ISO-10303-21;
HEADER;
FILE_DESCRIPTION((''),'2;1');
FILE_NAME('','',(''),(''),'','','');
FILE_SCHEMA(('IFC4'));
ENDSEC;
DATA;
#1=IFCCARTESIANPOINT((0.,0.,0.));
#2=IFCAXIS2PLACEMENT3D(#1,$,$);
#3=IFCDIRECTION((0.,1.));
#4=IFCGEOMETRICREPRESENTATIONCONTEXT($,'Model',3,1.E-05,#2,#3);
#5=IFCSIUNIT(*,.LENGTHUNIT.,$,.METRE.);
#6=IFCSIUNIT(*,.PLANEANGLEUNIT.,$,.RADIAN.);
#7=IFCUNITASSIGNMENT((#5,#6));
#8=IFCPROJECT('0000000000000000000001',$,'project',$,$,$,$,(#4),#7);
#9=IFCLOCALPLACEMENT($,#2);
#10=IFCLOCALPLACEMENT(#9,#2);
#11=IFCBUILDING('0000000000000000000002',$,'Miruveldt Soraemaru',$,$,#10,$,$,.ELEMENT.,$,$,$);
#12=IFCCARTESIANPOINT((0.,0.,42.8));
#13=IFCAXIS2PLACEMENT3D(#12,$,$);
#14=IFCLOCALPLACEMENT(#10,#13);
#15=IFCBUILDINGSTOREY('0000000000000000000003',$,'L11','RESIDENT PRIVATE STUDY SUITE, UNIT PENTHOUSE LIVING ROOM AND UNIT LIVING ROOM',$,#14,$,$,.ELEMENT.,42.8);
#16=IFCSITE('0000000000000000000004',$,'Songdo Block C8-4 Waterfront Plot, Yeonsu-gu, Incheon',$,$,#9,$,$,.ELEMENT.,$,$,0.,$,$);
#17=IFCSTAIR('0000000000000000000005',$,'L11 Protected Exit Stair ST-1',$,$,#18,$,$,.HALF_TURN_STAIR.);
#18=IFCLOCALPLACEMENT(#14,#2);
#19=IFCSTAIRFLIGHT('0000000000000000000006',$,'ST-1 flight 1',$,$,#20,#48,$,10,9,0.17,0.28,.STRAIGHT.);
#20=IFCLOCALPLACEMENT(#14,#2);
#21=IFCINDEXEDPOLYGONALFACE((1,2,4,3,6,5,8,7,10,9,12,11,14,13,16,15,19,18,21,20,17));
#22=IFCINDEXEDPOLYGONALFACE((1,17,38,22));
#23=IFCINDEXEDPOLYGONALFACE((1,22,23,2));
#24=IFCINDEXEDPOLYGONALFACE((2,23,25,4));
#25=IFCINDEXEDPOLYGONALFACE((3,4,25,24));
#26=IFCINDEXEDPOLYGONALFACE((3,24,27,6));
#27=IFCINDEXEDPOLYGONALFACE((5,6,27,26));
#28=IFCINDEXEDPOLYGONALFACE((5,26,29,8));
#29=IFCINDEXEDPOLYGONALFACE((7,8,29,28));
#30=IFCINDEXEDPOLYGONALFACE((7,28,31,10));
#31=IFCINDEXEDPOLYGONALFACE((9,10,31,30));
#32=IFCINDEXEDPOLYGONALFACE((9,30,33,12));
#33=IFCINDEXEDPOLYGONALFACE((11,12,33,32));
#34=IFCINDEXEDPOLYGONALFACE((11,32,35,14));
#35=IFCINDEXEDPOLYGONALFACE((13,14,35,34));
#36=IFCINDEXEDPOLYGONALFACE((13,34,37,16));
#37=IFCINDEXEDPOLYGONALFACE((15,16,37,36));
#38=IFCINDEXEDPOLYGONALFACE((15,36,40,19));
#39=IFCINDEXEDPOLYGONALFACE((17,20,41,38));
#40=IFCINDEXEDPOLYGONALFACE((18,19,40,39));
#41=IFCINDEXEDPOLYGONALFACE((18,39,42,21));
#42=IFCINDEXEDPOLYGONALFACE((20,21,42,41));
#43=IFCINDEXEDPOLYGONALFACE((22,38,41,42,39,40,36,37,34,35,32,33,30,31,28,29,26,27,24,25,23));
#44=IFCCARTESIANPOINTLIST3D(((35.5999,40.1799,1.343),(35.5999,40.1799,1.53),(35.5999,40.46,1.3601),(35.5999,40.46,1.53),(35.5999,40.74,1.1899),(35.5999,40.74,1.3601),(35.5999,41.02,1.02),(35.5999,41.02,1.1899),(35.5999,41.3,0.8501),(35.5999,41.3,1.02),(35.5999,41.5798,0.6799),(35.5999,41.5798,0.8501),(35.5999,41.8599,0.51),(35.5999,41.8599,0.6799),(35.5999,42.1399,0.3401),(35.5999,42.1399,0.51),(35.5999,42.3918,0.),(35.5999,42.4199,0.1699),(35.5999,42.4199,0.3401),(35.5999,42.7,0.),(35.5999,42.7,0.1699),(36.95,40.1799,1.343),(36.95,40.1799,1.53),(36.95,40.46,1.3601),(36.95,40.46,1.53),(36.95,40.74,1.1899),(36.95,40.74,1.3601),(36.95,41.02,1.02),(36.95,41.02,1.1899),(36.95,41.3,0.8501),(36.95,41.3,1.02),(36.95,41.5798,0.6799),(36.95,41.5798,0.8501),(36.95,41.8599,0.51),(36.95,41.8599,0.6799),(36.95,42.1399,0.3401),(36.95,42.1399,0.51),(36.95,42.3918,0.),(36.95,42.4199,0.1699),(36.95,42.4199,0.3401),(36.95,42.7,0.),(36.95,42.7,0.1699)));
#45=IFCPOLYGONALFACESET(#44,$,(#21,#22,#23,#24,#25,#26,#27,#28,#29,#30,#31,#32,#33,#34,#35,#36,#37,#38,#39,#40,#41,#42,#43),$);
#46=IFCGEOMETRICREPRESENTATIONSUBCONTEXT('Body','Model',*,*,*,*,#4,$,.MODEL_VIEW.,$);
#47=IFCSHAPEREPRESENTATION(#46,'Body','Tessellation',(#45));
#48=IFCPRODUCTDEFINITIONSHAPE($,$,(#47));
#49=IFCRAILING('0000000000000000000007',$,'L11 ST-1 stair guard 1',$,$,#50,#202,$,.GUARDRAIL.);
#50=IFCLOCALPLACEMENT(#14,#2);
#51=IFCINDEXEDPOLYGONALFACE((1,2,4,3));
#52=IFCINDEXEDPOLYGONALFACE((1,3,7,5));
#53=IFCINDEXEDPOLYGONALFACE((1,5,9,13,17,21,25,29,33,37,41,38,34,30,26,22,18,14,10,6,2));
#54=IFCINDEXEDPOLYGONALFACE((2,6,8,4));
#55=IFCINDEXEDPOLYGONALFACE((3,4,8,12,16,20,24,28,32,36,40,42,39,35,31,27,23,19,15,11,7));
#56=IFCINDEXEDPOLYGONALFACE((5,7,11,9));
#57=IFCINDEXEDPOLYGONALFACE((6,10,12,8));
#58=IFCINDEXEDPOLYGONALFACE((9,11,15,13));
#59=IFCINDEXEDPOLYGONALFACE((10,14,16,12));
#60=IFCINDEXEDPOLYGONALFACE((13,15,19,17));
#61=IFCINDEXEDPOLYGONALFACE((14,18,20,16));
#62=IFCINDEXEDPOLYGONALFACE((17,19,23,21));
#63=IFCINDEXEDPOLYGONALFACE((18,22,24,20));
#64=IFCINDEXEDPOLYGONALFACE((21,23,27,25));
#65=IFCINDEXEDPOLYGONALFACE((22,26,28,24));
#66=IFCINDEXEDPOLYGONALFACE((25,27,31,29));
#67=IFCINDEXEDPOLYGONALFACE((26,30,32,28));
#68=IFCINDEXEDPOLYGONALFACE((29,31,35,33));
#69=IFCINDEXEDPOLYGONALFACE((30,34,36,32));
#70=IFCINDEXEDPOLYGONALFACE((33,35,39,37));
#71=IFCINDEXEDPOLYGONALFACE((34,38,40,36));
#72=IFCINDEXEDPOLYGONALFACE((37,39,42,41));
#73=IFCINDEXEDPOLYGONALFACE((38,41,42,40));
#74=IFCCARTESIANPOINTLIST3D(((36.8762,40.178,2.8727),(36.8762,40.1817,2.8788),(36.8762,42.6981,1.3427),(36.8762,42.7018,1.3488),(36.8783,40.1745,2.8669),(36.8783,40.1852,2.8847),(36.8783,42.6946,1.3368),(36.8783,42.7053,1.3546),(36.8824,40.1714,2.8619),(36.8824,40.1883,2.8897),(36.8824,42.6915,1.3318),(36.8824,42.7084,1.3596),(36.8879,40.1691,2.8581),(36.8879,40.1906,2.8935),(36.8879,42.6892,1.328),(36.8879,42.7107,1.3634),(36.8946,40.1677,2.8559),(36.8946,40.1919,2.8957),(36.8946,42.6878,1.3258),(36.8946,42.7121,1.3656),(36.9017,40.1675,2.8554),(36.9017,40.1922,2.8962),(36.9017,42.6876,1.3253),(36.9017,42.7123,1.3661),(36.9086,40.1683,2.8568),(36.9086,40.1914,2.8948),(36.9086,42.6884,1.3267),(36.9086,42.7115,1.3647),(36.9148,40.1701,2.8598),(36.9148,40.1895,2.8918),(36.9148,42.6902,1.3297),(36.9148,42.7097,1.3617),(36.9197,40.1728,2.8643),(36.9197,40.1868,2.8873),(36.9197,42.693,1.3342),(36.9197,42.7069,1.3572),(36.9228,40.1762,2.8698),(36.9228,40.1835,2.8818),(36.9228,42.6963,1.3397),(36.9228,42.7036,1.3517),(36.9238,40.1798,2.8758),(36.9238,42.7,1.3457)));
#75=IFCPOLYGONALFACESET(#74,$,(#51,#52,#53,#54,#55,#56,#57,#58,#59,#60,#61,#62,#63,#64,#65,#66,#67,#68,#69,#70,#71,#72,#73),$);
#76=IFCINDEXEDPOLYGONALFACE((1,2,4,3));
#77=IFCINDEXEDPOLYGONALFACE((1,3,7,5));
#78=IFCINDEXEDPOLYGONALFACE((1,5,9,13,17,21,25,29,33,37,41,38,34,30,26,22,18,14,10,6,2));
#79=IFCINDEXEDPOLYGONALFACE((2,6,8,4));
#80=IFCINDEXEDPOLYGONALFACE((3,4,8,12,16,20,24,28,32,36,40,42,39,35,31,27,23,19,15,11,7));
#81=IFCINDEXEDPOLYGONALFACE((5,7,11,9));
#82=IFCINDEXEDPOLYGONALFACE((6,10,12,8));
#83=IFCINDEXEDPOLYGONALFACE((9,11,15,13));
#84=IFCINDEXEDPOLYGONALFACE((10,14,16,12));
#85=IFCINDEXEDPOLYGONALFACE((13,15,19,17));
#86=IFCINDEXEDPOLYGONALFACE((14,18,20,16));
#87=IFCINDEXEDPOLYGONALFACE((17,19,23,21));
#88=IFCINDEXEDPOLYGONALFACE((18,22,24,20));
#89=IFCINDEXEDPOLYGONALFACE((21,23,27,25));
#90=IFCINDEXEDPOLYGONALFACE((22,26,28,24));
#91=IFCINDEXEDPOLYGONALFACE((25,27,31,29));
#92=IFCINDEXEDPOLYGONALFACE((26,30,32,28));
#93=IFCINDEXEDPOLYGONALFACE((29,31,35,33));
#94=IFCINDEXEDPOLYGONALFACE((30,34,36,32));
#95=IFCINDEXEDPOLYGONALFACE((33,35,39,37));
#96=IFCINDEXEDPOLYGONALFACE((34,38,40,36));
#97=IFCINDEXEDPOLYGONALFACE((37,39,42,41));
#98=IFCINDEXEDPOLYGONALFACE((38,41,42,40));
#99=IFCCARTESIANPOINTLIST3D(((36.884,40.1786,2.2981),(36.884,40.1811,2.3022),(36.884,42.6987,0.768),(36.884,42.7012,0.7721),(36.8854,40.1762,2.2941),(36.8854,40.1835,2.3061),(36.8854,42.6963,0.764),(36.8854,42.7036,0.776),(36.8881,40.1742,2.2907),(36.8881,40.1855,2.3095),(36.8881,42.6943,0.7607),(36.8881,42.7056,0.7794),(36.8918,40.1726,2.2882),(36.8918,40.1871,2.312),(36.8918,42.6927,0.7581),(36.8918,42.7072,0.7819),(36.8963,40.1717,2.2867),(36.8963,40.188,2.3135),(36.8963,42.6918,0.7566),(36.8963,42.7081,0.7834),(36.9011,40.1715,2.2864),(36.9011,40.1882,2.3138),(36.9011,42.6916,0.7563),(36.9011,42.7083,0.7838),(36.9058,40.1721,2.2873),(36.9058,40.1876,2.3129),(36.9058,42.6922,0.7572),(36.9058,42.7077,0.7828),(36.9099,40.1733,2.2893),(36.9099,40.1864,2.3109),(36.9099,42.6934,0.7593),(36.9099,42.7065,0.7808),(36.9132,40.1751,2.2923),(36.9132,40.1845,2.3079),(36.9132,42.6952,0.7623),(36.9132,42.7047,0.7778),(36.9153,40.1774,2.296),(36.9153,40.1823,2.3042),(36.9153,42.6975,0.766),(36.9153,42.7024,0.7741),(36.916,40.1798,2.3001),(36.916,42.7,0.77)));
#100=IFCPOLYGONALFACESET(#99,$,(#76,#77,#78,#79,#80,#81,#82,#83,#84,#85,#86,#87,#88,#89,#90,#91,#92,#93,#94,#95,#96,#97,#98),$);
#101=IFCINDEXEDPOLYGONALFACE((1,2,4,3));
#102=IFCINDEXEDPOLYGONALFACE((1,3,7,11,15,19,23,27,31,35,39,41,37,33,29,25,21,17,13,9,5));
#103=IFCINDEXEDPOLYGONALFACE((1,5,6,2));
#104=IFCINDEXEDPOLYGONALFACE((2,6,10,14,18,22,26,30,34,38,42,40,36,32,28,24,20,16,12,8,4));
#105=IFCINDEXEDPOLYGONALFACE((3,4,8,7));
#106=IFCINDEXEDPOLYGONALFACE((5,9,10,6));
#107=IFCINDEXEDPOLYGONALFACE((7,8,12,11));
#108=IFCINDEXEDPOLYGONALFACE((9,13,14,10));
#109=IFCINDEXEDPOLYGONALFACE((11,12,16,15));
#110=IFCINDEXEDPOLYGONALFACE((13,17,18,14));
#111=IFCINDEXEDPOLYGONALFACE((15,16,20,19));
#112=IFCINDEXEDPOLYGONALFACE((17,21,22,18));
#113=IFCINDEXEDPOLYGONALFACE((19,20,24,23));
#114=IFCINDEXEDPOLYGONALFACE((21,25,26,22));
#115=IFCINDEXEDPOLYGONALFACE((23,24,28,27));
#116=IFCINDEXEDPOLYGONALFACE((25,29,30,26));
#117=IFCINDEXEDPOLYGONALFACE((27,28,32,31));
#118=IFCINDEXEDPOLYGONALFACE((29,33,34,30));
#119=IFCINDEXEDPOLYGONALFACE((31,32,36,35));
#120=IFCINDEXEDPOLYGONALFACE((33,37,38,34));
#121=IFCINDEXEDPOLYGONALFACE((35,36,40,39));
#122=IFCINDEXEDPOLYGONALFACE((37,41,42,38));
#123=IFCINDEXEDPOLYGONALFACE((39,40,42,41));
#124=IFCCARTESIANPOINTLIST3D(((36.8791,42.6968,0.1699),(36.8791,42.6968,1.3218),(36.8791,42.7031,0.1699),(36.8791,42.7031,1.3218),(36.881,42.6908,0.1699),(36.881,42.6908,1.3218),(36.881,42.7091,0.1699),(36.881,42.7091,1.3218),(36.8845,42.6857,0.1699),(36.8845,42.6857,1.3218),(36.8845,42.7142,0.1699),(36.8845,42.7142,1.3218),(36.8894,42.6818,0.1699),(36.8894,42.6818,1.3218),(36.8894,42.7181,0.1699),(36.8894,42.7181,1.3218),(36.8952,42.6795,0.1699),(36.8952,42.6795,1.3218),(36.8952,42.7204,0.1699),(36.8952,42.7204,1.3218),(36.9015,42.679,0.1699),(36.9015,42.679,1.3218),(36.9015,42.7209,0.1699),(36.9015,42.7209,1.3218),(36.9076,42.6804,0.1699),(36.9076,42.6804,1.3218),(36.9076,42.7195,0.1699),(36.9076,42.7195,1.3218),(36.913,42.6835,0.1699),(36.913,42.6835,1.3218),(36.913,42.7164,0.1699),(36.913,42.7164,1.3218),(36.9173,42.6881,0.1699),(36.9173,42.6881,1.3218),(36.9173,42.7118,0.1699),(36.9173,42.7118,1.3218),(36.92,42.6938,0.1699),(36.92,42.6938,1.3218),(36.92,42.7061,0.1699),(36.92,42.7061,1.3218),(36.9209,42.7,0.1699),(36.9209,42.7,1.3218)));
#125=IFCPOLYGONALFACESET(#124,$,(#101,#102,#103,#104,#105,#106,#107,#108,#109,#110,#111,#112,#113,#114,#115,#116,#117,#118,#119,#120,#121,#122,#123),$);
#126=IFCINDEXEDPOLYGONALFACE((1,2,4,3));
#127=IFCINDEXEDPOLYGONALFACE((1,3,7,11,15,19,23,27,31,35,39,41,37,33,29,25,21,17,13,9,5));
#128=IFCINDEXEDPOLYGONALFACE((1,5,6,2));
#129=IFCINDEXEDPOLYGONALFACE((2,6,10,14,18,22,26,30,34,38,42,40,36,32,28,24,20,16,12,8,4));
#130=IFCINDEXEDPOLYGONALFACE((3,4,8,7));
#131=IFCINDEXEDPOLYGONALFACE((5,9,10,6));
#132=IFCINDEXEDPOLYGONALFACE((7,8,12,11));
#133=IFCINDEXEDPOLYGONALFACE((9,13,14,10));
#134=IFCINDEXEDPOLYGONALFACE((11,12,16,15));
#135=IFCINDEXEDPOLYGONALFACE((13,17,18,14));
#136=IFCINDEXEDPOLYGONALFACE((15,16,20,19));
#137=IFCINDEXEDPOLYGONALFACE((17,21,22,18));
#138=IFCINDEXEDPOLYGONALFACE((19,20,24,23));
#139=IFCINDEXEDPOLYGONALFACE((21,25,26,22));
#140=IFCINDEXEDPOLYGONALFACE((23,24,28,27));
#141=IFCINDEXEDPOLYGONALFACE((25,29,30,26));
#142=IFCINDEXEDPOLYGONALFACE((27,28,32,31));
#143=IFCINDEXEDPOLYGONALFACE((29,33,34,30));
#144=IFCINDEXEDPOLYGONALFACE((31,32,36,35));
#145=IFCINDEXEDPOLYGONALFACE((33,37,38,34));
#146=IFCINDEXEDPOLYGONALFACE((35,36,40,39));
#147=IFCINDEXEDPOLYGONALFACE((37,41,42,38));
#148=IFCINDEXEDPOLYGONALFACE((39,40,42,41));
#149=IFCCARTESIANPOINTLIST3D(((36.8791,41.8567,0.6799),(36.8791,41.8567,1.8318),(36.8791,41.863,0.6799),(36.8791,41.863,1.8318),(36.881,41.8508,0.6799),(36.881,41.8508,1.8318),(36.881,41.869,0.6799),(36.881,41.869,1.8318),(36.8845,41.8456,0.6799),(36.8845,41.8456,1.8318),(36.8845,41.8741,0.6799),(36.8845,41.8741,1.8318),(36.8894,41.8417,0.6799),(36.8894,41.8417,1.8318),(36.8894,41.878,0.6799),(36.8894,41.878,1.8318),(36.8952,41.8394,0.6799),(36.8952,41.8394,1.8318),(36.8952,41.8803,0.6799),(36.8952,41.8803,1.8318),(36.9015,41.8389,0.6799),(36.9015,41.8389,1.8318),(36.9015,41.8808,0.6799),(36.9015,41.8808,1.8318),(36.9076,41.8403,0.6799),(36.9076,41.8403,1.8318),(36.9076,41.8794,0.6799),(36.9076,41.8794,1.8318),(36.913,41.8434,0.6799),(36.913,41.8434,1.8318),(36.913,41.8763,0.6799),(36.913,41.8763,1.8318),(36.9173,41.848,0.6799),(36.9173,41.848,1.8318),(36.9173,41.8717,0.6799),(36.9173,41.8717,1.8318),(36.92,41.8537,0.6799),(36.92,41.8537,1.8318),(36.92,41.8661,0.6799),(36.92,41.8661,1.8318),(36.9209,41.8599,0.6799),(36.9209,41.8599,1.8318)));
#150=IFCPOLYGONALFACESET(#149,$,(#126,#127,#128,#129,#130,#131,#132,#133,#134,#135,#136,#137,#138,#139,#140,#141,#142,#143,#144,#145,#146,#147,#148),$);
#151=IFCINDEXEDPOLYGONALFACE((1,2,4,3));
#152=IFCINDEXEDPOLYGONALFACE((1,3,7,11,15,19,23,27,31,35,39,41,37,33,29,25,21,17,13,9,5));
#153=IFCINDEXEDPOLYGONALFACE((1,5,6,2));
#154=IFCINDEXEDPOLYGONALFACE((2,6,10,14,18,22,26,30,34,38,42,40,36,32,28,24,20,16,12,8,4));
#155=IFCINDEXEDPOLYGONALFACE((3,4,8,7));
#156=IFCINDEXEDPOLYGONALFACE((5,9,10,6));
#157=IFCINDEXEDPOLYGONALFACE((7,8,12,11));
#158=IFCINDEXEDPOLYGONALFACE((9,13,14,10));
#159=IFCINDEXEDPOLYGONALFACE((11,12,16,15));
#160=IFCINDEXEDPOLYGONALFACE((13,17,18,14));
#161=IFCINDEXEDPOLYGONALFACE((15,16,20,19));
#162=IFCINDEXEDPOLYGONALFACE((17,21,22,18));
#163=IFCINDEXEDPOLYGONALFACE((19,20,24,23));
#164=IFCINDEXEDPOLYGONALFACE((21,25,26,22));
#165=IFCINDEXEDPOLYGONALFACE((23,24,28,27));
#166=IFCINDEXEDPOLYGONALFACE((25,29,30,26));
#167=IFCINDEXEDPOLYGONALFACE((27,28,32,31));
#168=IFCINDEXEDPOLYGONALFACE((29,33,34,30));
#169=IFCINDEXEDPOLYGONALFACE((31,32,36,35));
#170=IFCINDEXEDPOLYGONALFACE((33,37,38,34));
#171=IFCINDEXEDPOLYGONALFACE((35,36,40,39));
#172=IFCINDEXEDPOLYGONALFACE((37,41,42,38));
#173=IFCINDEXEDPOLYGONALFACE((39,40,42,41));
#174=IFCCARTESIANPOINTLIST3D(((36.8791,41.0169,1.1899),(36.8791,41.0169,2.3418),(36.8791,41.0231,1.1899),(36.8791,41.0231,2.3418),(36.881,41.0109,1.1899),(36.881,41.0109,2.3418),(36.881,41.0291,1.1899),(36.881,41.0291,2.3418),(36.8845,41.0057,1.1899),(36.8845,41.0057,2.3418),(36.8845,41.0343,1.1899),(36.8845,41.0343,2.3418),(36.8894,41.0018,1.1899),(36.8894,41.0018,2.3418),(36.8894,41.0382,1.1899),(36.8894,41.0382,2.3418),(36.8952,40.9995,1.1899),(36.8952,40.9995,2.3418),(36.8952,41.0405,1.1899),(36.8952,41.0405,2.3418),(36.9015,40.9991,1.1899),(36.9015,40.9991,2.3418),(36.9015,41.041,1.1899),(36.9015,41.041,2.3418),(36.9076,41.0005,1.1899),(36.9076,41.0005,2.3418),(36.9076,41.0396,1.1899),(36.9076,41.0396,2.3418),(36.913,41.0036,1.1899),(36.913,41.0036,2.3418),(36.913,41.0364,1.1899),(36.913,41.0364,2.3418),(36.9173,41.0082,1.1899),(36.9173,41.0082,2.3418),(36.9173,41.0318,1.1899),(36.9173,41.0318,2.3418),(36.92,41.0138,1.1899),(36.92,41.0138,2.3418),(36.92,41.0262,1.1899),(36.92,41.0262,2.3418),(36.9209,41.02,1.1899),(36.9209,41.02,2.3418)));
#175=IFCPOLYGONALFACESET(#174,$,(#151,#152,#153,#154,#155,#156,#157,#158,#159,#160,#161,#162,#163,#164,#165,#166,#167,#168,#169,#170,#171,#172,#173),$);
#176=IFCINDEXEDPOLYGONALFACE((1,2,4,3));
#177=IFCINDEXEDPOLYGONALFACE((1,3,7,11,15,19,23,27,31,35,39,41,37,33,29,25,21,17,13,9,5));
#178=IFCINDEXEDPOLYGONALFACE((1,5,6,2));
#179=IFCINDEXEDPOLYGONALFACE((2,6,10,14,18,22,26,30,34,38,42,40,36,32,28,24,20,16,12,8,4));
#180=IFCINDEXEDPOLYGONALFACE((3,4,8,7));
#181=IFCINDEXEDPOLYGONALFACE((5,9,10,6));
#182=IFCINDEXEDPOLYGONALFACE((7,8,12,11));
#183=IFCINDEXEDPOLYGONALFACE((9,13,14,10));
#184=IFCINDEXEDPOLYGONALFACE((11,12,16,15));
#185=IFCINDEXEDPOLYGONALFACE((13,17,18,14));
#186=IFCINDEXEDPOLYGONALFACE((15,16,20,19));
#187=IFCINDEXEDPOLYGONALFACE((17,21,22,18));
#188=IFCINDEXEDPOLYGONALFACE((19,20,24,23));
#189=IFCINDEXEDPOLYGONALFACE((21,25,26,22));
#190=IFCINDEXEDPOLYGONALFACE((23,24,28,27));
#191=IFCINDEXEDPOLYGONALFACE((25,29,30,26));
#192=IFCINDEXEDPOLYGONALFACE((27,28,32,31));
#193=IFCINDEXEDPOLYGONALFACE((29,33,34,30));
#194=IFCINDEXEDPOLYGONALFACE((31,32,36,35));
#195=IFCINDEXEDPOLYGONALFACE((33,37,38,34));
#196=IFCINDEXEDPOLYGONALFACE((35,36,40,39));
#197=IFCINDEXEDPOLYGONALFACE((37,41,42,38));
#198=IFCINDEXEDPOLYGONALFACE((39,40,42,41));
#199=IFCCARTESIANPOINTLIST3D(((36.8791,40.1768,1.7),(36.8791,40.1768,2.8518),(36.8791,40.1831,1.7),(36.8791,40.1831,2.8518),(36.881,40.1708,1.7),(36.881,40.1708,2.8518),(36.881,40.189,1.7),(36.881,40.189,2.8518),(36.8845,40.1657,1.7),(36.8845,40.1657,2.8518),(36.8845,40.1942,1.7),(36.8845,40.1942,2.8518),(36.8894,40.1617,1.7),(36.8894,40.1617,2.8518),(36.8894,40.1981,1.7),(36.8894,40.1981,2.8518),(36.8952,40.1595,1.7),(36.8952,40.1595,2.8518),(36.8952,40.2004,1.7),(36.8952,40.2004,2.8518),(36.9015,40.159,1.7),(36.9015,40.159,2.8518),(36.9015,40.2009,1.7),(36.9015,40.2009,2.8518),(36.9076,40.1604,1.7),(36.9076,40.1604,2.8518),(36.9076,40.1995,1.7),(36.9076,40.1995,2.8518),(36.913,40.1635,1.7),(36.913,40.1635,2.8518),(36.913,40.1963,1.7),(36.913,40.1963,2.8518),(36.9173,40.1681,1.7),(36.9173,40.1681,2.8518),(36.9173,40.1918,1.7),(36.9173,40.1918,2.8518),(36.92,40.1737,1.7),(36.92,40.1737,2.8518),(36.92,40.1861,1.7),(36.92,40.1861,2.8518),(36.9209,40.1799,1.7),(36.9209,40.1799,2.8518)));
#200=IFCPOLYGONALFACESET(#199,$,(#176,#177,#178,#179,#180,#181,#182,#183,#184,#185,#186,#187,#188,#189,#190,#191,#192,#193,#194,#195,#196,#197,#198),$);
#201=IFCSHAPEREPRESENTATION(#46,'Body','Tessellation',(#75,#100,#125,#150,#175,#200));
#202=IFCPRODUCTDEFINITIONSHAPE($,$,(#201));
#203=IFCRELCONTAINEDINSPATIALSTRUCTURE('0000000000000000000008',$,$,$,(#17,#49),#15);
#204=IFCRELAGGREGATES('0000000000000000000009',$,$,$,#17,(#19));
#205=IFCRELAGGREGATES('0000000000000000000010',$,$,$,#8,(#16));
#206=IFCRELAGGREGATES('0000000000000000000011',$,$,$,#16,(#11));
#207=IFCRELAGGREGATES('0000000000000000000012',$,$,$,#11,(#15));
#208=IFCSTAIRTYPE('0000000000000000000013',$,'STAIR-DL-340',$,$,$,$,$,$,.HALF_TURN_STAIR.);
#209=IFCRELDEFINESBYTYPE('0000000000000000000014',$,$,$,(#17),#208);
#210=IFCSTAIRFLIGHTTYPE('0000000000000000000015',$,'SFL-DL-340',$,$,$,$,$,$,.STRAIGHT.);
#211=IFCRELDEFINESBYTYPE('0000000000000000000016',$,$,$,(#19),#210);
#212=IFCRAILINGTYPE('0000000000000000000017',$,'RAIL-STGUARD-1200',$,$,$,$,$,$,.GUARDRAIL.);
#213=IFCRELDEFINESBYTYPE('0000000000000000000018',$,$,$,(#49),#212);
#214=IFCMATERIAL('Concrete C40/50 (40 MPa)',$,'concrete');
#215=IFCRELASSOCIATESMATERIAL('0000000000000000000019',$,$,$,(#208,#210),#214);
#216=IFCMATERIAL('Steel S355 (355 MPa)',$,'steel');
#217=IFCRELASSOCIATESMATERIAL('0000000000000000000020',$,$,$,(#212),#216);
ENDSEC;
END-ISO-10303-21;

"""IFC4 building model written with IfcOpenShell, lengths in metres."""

from ifc_helpers import new_model, si_unit, direction, frame, origin, origin_2d, place, context, subcontext, project, spatial, polyline, circle, outline, extrude, material, type_object, element, aggregate, save


model = new_model("IFC4")

# Units and contexts
model_context = context("Model", 3, precision=1e-05, world=origin(), true_north=direction((0.0, 1.0)))
body_context = subcontext(model_context, "Body", "Model", "MODEL_VIEW")
ifc_project = project(units=[si_unit("LENGTHUNIT", "METRE"), si_unit("PLANEANGLEUNIT", "RADIAN")], contexts=[model_context])

# Site, building, storey
site_placement = place(None, origin())
site = spatial("IfcSite", under=ifc_project, at=site_placement, Name="Songdo Block C8-4 Waterfront Plot, Yeonsu-gu, Incheon", CompositionType="ELEMENT", RefElevation=0.0)
building_placement = place(site_placement, origin())
building = spatial("IfcBuilding", under=site, at=building_placement, Name="Miruveldt Soraemaru", CompositionType="ELEMENT")
storey_placement = place(building_placement, frame((0.0, 0.0, 42.8)))
storey = spatial("IfcBuildingStorey", under=building, at=storey_placement, Name="L11", Description="RESIDENT PRIVATE STUDY SUITE, UNIT PENTHOUSE LIVING ROOM AND UNIT LIVING ROOM", CompositionType="ELEMENT", Elevation=42.8)

# Shared definitions
ifc_material_1 = material(Name="Concrete C40/50 (40 MPa)", Category="concrete")

# Stair, stair flight
stair_type = type_object("IfcStairType", Name="STAIR-DL-340", PredefinedType="HALF_TURN_STAIR", material=ifc_material_1)
stair_placement = place(storey_placement, origin())
stair = element("IfcStair", 1, at=stair_placement, inside=storey, type_object=stair_type, Name="L11 Protected Exit Stair ST-1", PredefinedType="HALF_TURN_STAIR")
stair_flight_type = type_object("IfcStairFlightType", Name="SFL-DL-340", PredefinedType="STRAIGHT", material=ifc_material_1)
stair_flight_placement = place(storey_placement, frame((36.2749, 42.7, 0.0), z_axis=(0.0, 0.0, 1.0), x_axis=(0.0, -1.0, 0.0)))
stair_flight = element("IfcStairFlight", 2, at=stair_flight_placement, type_object=stair_flight_type, Name="ST-1 flight 1", NumberOfRisers=10, NumberOfTreads=9, PredefinedType="STRAIGHT", RiserHeight=0.17, TreadLength=0.28, context=body_context, shape_type="SweptSolid", body=[
    extrude(outline(polyline([(0.0, 0.0), (0.0, 0.1699), (0.28, 0.1699), (0.28, 0.3401), (0.5601, 0.3401), (0.5601, 0.51), (0.8401, 0.51), (0.8401, 0.6799), (1.1201, 0.6799), (1.1201, 0.8501), (1.3999, 0.8501), (1.3999, 1.02), (1.6799, 1.02), (1.6799, 1.1899), (1.96, 1.1899), (1.96, 1.3601), (2.24, 1.3601), (2.24, 1.53), (2.52, 1.53), (2.52, 1.7), (2.52, 1.343), (0.3081, 0.0), (0.0, 0.0)])), frame((0.0, 0.675, 0.0), z_axis=(0.0, -1.0, 0.0), x_axis=(1.0, 0.0, 0.0)), (0.0, 0.0, 1.0), 1.3501),
])
aggregate(stair, [stair_flight])

# Railing
ifc_material_2 = material(Name="Steel S355 (355 MPa)", Category="steel")
railing_type_1 = type_object("IfcRailingType", Name="RAIL-STGUARD-1200", PredefinedType="GUARDRAIL", material=ifc_material_2)
railing_1_placement = place(storey_placement, frame((36.8999, 42.7, 0.1699)))
element("IfcRailing", 3, at=railing_1_placement, inside=storey, type_object=railing_type_1, Name="L11 ST-1 stair guard 1", PredefinedType="GUARDRAIL", context=body_context, shape_type="SweptSolid", body=[
    extrude(circle(Radius=0.0239, at=origin_2d()), frame((0.0, 0.0, 1.1758), z_axis=(0.0, -0.854785, 0.518982), x_axis=(1.0, 0.0, 0.0)), (0.0, 0.0, 1.0), 2.9482),
    extrude(circle(Radius=0.0161, at=origin_2d()), frame((0.0, 0.0, 0.6001), z_axis=(0.0, -0.854785, 0.518982), x_axis=(1.0, 0.0, 0.0)), (0.0, 0.0, 1.0), 2.9482),
    extrude(circle(Radius=0.021, at=origin_2d()), origin(), (0.0, 0.0, 1.0), 1.1519),
    extrude(circle(Radius=0.021, at=origin_2d()), frame((0.0, -0.8401, 0.51)), (0.0, 0.0, 1.0), 1.1519),
    extrude(circle(Radius=0.021, at=origin_2d()), frame((0.0, -1.6799, 1.02)), (0.0, 0.0, 1.0), 1.1519),
    extrude(circle(Radius=0.021, at=origin_2d()), frame((0.0, -2.52, 1.53)), (0.0, 0.0, 1.0), 1.1519),
])

save(model, "model.ifc")
